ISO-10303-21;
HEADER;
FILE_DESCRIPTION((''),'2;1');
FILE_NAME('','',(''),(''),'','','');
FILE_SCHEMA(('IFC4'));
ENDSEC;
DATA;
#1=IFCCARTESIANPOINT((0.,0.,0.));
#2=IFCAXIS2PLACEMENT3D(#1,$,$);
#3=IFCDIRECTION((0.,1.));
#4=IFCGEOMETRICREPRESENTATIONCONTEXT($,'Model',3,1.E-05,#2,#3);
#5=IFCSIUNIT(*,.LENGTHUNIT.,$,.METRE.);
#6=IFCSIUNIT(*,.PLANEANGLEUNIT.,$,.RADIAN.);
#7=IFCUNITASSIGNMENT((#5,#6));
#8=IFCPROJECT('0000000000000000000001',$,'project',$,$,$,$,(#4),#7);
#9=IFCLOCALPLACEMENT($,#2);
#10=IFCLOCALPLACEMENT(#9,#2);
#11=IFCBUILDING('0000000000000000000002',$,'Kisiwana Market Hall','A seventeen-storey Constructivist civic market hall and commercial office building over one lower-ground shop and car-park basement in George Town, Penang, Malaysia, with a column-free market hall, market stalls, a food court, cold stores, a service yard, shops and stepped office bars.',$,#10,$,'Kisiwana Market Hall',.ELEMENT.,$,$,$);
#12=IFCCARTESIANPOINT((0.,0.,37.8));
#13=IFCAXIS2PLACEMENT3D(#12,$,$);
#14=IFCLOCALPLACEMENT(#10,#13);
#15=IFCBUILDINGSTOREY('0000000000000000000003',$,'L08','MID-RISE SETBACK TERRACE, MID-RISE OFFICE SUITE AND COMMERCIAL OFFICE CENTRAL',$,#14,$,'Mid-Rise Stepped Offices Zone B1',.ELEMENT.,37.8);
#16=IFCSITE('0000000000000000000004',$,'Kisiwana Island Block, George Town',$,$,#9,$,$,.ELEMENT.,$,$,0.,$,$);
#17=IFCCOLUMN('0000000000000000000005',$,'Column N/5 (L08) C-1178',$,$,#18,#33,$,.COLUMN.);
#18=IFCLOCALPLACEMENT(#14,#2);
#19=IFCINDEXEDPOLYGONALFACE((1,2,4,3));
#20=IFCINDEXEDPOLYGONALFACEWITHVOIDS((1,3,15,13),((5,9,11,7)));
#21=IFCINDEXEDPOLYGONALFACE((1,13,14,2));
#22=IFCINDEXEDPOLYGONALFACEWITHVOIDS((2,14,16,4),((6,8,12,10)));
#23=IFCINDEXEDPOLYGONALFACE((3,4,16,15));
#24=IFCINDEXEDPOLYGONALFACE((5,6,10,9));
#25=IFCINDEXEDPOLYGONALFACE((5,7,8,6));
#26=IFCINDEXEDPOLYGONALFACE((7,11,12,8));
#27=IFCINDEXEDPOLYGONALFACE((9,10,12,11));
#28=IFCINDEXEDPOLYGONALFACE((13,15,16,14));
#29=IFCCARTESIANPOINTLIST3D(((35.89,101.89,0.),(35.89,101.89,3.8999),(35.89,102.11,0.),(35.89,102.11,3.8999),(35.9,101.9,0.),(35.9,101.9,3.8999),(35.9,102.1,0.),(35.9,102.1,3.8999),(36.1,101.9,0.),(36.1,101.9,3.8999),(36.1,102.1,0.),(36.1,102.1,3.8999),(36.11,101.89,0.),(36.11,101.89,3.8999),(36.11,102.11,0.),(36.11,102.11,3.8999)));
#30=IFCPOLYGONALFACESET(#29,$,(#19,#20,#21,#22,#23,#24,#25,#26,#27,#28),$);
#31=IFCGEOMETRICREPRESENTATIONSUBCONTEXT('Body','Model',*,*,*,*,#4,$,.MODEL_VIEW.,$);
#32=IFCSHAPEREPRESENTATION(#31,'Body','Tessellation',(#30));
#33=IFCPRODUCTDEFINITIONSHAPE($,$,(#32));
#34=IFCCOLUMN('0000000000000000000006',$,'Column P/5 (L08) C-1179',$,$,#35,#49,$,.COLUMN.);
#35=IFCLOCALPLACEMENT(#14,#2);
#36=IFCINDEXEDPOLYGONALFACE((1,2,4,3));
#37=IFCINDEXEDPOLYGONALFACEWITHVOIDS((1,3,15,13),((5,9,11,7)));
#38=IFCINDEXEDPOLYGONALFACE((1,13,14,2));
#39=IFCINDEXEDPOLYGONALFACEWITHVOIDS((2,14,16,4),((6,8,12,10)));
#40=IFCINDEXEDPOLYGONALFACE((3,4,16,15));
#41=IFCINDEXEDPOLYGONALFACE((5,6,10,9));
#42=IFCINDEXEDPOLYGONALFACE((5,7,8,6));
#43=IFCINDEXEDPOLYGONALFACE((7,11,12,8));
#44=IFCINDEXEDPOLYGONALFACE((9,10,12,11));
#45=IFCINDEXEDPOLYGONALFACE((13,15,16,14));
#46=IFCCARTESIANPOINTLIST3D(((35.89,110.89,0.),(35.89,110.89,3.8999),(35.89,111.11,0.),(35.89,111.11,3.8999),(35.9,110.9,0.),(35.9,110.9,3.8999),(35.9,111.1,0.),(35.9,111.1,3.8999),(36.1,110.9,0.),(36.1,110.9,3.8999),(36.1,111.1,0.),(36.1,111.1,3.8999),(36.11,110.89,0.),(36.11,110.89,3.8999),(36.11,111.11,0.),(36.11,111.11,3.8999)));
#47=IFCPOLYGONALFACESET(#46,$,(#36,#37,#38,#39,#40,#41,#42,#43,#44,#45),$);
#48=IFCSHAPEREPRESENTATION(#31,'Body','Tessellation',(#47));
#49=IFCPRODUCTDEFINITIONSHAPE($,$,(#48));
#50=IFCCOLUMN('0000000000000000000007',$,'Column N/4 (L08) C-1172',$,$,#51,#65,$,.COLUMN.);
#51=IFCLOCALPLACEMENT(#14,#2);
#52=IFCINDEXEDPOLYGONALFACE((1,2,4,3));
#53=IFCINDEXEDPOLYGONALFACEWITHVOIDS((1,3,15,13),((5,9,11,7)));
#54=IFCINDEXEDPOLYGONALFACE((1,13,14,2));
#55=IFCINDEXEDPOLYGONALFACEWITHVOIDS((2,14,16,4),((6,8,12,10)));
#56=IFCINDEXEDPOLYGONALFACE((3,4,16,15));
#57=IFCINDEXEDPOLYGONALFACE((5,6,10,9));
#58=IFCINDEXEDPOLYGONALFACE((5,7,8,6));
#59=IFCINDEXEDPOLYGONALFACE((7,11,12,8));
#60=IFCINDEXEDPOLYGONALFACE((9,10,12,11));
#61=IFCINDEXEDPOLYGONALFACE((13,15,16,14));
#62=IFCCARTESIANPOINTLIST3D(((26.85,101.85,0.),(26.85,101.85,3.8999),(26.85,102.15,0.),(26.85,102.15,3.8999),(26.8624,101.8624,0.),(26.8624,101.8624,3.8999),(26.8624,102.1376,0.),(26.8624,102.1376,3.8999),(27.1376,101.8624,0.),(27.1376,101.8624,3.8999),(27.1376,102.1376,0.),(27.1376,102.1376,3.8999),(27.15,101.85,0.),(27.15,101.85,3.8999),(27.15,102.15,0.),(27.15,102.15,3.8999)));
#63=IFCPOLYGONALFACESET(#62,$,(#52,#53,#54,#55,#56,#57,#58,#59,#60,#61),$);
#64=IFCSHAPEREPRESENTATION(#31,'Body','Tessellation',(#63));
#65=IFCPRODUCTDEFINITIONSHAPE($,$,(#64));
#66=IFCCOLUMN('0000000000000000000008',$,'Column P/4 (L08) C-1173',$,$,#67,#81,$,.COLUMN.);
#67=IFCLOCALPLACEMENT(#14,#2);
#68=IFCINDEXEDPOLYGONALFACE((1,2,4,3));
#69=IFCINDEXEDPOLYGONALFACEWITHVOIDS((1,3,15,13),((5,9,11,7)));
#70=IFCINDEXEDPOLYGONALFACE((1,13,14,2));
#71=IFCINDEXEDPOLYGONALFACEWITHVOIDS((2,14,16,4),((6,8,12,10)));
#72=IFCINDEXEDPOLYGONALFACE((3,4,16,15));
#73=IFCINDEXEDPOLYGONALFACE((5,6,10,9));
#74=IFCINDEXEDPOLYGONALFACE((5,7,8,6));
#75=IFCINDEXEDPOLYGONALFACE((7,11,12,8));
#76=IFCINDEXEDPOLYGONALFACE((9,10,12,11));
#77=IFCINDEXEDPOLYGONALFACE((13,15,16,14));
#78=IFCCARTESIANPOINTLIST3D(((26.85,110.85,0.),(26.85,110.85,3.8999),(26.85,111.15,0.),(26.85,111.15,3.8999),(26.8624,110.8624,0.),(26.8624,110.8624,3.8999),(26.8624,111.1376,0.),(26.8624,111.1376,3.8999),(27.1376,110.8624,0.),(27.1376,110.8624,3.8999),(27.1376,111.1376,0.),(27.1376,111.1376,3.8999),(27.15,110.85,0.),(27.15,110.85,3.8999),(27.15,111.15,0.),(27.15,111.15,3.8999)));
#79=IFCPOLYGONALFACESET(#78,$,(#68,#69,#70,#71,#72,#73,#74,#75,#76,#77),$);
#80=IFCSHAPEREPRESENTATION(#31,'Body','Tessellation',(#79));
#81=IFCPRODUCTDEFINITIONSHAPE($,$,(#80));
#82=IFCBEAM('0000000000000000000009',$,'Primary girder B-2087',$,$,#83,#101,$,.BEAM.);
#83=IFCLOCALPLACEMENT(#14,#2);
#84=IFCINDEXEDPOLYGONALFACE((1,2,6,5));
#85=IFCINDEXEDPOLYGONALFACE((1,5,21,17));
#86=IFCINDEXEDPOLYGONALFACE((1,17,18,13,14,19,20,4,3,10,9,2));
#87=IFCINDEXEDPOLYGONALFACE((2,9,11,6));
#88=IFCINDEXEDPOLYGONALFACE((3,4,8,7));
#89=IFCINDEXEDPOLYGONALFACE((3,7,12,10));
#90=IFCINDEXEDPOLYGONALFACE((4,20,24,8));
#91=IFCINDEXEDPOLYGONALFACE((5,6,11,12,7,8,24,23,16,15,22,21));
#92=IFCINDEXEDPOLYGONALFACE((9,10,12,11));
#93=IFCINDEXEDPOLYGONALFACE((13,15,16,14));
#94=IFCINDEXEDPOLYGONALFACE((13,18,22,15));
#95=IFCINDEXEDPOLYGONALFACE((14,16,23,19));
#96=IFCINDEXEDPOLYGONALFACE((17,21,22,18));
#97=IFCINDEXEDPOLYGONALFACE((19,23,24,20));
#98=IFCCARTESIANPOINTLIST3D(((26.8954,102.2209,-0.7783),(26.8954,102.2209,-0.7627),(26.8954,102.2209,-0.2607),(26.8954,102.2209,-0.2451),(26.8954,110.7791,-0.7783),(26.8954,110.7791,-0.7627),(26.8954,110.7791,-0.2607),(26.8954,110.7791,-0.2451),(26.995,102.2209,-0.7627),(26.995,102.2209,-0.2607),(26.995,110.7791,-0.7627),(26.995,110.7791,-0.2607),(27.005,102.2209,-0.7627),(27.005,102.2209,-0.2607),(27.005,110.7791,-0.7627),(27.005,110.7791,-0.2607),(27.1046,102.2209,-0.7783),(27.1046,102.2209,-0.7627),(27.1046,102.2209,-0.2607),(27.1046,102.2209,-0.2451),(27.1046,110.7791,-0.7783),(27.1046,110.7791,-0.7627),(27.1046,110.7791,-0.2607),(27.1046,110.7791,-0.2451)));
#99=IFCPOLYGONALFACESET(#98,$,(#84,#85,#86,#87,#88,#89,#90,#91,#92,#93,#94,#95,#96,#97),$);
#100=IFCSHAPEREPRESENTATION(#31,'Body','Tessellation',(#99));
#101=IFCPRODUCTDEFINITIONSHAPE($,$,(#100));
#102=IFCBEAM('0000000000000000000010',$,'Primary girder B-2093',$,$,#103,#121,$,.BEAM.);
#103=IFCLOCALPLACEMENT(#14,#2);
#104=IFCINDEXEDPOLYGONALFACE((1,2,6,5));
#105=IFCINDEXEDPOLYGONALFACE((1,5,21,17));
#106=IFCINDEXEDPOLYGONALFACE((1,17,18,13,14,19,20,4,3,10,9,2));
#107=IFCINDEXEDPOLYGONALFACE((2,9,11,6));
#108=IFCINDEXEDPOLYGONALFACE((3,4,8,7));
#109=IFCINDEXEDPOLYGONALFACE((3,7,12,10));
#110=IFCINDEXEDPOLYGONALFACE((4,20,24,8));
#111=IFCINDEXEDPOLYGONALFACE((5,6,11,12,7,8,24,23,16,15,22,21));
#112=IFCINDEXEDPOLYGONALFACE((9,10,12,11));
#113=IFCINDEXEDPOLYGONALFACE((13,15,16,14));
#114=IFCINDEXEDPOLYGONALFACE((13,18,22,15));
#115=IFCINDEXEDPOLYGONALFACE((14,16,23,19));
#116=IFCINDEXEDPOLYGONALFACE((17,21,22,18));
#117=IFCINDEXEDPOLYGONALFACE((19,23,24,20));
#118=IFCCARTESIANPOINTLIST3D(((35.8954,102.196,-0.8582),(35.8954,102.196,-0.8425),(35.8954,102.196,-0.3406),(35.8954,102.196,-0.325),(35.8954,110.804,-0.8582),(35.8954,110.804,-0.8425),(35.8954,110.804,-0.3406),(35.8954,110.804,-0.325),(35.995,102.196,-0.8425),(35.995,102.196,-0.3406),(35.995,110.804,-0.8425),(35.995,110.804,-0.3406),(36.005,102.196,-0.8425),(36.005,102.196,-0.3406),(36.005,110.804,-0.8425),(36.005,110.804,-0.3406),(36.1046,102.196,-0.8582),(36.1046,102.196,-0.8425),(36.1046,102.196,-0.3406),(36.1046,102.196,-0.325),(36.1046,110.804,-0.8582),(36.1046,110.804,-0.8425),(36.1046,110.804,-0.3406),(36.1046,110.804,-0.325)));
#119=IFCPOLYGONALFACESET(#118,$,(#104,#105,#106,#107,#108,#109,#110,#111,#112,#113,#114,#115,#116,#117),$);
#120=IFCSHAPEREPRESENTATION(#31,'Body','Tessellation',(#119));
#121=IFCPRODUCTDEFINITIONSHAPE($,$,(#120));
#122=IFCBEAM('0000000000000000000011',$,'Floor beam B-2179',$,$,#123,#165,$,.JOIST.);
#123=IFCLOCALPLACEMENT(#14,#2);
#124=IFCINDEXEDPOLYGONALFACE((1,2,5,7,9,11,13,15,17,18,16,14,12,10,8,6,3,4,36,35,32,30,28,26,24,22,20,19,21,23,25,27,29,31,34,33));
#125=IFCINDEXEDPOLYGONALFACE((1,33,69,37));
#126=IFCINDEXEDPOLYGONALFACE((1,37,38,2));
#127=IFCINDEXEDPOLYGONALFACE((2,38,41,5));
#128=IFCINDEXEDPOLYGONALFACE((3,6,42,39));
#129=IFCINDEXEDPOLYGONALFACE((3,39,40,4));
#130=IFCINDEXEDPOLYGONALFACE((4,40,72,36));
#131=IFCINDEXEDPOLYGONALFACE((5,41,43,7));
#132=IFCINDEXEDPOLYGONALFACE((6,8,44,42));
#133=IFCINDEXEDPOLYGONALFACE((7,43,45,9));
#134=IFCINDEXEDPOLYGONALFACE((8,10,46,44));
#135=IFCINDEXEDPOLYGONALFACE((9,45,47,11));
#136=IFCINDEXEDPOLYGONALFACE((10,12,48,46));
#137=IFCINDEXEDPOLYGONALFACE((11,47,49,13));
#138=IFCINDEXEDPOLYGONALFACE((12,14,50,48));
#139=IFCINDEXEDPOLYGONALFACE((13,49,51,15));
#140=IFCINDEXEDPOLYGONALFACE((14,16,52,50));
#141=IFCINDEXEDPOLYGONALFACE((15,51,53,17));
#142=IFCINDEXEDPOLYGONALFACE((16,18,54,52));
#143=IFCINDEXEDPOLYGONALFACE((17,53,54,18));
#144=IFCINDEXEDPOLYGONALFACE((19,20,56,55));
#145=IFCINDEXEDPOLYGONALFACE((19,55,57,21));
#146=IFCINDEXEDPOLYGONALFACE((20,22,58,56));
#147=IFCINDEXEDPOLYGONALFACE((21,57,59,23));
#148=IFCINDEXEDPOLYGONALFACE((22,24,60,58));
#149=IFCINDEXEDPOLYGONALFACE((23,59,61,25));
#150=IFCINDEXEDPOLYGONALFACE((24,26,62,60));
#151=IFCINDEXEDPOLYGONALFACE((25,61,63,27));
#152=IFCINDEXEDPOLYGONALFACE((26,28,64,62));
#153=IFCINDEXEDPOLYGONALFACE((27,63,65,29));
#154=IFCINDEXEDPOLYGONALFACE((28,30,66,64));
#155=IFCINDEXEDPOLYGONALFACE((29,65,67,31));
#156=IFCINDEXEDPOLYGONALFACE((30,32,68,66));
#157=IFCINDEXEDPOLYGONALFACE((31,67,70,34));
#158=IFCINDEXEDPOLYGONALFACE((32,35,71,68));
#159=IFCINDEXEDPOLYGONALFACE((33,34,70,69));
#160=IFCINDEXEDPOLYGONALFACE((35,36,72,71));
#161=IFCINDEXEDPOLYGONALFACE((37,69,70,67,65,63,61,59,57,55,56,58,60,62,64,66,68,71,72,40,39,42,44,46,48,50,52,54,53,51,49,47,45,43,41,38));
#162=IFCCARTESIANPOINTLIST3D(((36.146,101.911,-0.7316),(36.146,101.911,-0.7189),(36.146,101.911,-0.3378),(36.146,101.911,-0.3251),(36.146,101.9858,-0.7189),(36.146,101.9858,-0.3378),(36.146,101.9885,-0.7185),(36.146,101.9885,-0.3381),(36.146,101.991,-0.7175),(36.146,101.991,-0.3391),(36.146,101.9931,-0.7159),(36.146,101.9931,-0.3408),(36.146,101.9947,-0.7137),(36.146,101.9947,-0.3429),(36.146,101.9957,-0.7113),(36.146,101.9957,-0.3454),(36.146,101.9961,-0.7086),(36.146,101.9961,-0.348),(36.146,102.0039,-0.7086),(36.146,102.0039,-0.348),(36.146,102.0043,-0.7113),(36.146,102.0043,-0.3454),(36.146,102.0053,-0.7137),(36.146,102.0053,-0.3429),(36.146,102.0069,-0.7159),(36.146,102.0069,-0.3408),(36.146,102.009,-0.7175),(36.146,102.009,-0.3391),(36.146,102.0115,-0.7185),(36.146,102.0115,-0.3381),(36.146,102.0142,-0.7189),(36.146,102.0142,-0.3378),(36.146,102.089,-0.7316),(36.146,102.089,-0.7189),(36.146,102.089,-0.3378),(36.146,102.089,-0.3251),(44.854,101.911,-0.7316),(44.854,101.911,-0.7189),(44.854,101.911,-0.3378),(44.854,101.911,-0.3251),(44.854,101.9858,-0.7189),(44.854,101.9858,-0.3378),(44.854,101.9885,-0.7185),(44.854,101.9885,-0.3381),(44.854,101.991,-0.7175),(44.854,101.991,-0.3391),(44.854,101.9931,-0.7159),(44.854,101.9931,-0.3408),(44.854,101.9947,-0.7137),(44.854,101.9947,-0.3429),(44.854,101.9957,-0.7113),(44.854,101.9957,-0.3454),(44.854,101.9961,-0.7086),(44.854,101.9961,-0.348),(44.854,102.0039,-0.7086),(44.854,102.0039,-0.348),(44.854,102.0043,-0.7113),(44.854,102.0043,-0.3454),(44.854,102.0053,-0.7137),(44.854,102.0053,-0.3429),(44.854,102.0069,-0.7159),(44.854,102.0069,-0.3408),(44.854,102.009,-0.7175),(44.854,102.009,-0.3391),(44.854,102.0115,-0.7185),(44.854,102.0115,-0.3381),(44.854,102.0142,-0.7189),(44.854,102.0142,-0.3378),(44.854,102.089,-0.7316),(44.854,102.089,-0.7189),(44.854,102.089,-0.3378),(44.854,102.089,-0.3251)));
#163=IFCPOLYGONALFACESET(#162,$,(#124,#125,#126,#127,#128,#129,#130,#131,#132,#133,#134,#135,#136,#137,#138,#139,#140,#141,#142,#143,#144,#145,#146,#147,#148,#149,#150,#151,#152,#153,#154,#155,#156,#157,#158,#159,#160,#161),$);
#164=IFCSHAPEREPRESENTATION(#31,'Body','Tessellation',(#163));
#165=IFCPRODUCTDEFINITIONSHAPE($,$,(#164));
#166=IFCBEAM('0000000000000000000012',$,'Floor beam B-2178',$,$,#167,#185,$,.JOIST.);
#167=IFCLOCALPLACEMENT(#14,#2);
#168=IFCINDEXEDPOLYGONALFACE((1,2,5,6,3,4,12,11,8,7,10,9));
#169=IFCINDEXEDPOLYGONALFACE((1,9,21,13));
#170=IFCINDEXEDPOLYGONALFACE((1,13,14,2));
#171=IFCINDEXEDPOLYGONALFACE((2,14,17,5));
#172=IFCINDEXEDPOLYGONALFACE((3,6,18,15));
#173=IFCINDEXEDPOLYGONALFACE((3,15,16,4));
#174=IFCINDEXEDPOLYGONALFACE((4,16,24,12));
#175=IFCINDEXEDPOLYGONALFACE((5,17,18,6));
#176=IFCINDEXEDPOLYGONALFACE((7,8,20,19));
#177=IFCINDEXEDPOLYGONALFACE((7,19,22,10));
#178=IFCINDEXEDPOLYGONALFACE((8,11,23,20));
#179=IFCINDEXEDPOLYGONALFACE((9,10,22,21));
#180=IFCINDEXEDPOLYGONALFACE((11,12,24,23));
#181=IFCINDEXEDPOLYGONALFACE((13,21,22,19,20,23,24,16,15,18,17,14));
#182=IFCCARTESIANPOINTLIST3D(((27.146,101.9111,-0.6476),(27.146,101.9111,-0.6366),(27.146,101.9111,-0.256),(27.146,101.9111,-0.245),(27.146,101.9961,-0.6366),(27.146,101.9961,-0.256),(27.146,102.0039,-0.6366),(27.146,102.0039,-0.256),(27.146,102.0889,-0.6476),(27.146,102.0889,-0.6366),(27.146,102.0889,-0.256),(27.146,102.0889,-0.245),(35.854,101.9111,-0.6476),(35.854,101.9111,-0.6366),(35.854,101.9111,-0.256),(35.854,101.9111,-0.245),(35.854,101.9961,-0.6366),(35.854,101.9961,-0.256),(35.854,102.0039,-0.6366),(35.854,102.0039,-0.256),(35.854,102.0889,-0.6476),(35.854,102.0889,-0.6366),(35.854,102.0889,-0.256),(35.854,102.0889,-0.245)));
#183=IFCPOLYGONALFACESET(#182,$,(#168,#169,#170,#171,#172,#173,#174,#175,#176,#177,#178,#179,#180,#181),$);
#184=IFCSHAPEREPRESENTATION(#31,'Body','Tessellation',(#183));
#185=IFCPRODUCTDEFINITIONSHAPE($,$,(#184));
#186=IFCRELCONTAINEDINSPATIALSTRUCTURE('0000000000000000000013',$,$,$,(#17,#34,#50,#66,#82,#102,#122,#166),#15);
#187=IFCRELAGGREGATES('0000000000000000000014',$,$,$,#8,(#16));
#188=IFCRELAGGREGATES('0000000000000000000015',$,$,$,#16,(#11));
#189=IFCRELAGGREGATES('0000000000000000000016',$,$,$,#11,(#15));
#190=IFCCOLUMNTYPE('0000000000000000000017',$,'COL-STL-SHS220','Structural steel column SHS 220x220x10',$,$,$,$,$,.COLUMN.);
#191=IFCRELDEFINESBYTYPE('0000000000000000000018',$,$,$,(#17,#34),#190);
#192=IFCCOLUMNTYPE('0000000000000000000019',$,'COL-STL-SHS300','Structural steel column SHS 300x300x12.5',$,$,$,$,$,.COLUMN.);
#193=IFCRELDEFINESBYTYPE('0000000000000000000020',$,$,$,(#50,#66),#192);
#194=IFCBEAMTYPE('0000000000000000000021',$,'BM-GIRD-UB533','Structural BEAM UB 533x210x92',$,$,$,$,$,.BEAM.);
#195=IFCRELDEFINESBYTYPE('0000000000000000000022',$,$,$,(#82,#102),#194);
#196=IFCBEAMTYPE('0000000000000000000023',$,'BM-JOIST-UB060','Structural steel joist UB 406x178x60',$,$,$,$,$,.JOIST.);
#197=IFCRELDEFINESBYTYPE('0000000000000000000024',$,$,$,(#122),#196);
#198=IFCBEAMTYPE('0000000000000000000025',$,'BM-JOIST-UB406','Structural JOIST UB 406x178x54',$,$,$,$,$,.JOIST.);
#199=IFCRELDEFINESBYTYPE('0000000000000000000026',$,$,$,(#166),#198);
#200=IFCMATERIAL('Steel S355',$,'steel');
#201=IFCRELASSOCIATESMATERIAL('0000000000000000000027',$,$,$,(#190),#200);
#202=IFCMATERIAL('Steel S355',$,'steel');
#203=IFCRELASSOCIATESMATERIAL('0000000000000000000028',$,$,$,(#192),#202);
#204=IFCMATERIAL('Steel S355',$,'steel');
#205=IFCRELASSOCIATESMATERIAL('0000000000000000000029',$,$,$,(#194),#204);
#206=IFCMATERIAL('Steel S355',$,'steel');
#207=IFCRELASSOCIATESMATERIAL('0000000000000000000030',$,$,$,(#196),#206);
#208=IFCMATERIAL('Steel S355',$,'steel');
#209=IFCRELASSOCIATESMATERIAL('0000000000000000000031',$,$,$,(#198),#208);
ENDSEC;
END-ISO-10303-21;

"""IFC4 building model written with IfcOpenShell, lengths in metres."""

from ifc_helpers import new_model, si_unit, direction, frame, origin, origin_2d, place, context, subcontext, project, spatial, hollow_rectangle, i_section, extrude, material, material_profile, profile_set, type_object, element, save


model = new_model("IFC4")

# Units and contexts
model_context = context("Model", 3, precision=1e-05, world=origin(), true_north=direction((0.0, 1.0)))
body_context = subcontext(model_context, "Body", "Model", "MODEL_VIEW")
ifc_project = project(units=[si_unit("LENGTHUNIT", "METRE"), si_unit("PLANEANGLEUNIT", "RADIAN")], contexts=[model_context])

# Site, building, storey
site_placement = place(None, origin())
site = spatial("IfcSite", under=ifc_project, at=site_placement, Name="Kisiwana Island Block, George Town", CompositionType="ELEMENT", RefElevation=0.0)
building_placement = place(site_placement, origin())
building = spatial("IfcBuilding", under=site, at=building_placement, Name="Kisiwana Market Hall", Description="A seventeen-storey Constructivist civic market hall and commercial office building over one lower-ground shop and car-park basement in George Town, Penang, Malaysia, with a column-free market hall, market stalls, a food court, cold stores, a service yard, shops and stepped office bars.", LongName="Kisiwana Market Hall", CompositionType="ELEMENT")
storey_placement = place(building_placement, frame((0.0, 0.0, 37.8)))
storey = spatial("IfcBuildingStorey", under=building, at=storey_placement, Name="L08", Description="MID-RISE SETBACK TERRACE, MID-RISE OFFICE SUITE AND COMMERCIAL OFFICE CENTRAL", LongName="Mid-Rise Stepped Offices Zone B1", CompositionType="ELEMENT", Elevation=37.8)

# Columns
ifc_material_1 = material(Name="Steel S355", Category="steel")
ifc_material_profile_1 = material_profile(ifc_material_1, hollow_rectangle(XDim=0.22, YDim=0.22, WallThickness=0.01, at=origin_2d()), Name="SHS 220x220x10")
ifc_profile_set_1 = profile_set([ifc_material_profile_1], Name="Steel S355")
column_type_1 = type_object("IfcColumnType", Name="COL-STL-SHS220", Description="Structural steel column SHS 220x220x10", PredefinedType="COLUMN", material=ifc_profile_set_1)
for number, where, z_axis, x_axis, name in (
    (1, (36.0, 102.0, 0.0), (0.0, 0.0, 1.0), (1.0, 0.0, 0.0), "Column N/5 (L08) C-1178"),
    (2, (36.0, 111.0, 0.0), (0.0, 0.0, 1.0), (1.0, 0.0, 0.0), "Column P/5 (L08) C-1179"),
):
    element("IfcColumn", number, at=place(storey_placement, frame(where, z_axis=z_axis, x_axis=x_axis)), inside=storey, type_object=column_type_1, Name=name, PredefinedType="COLUMN", context=body_context, shape_type="SweptSolid", body=[
        extrude(hollow_rectangle(XDim=0.22, YDim=0.22, WallThickness=0.01, at=origin_2d()), origin(), (0.0, 0.0, 1.0), 3.8999),
    ])
ifc_material_2 = material(Name="Steel S355", Category="steel")
ifc_material_profile_2 = material_profile(ifc_material_2, hollow_rectangle(XDim=0.3, YDim=0.3, WallThickness=0.0125, at=origin_2d()), Name="SHS 300x300x12.5")
ifc_profile_set_2 = profile_set([ifc_material_profile_2], Name="Steel S355")
column_type_2 = type_object("IfcColumnType", Name="COL-STL-SHS300", Description="Structural steel column SHS 300x300x12.5", PredefinedType="COLUMN", material=ifc_profile_set_2)
for number, where, z_axis, x_axis, name in (
    (3, (27.0, 102.0, 0.0), (0.0, 0.0, 1.0), (1.0, 0.0, 0.0), "Column N/4 (L08) C-1172"),
    (4, (27.0, 111.0, 0.0), (0.0, 0.0, 1.0), (1.0, 0.0, 0.0), "Column P/4 (L08) C-1173"),
):
    element("IfcColumn", number, at=place(storey_placement, frame(where, z_axis=z_axis, x_axis=x_axis)), inside=storey, type_object=column_type_2, Name=name, PredefinedType="COLUMN", context=body_context, shape_type="SweptSolid", body=[
        extrude(hollow_rectangle(XDim=0.3, YDim=0.3, WallThickness=0.0125, at=origin_2d()), origin(), (0.0, 0.0, 1.0), 3.8999),
    ])

# Beams
ifc_material_3 = material(Name="Steel S355", Category="steel")
ifc_material_profile_3 = material_profile(ifc_material_3, i_section(OverallWidth=0.2092, OverallDepth=0.5332, WebThickness=0.01, FlangeThickness=0.0156, at=origin_2d()), Name="UB 533x210x92")
ifc_profile_set_3 = profile_set([ifc_material_profile_3], Name="Steel S355")
beam_type_1 = type_object("IfcBeamType", Name="BM-GIRD-UB533", Description="Structural BEAM UB 533x210x92", PredefinedType="BEAM", material=ifc_profile_set_3)
beam_1_placement = place(storey_placement, frame((27.0, 102.2209, -0.5117), z_axis=(0.0, 1.0, 0.0), x_axis=(-1.0, 0.0, 0.0)))
element("IfcBeam", 5, at=beam_1_placement, inside=storey, type_object=beam_type_1, Name="Primary girder B-2087", PredefinedType="BEAM", context=body_context, shape_type="SweptSolid", body=[
    extrude(i_section(OverallWidth=0.2092, OverallDepth=0.5332, WebThickness=0.01, FlangeThickness=0.0156, at=origin_2d()), origin(), (0.0, 0.0, 1.0), 8.5581),
])
beam_2_placement = place(storey_placement, frame((36.0, 102.196, -0.5916), z_axis=(0.0, 1.0, 0.0), x_axis=(-1.0, 0.0, 0.0)))
element("IfcBeam", 6, at=beam_2_placement, inside=storey, type_object=beam_type_1, Name="Primary girder B-2093", PredefinedType="BEAM", context=body_context, shape_type="SweptSolid", body=[
    extrude(i_section(OverallWidth=0.2092, OverallDepth=0.5332, WebThickness=0.01, FlangeThickness=0.0156, at=origin_2d()), origin(), (0.0, 0.0, 1.0), 8.6079),
])
ifc_material_4 = material(Name="Steel S355", Category="steel")
ifc_material_profile_4 = material_profile(ifc_material_4, i_section(OverallWidth=0.178, OverallDepth=0.4065, WebThickness=0.0078, FlangeThickness=0.0127, FilletRadius=0.0103, at=origin_2d()), Name="UB 406x178x60")
ifc_profile_set_4 = profile_set([ifc_material_profile_4], Name="Steel S355")
beam_type_2 = type_object("IfcBeamType", Name="BM-JOIST-UB060", Description="Structural steel joist UB 406x178x60", PredefinedType="JOIST", material=ifc_profile_set_4)
beam_3_placement = place(storey_placement, frame((36.146, 102.0, -0.5283), z_axis=(1.0, 0.0, 0.0), x_axis=(0.0, 1.0, 0.0)))
element("IfcBeam", 7, at=beam_3_placement, inside=storey, type_object=beam_type_2, Name="Floor beam B-2179", PredefinedType="JOIST", context=body_context, shape_type="SweptSolid", body=[
    extrude(i_section(OverallWidth=0.178, OverallDepth=0.4065, WebThickness=0.0078, FlangeThickness=0.0127, FilletRadius=0.0103, at=origin_2d()), origin(), (0.0, 0.0, 1.0), 8.708),
])
ifc_material_5 = material(Name="Steel S355", Category="steel")
ifc_material_profile_5 = material_profile(ifc_material_5, i_section(OverallWidth=0.1777, OverallDepth=0.4026, WebThickness=0.0078, FlangeThickness=0.011, at=origin_2d()), Name="UB 406x178x54")
ifc_profile_set_5 = profile_set([ifc_material_profile_5], Name="Steel S355")
beam_type_3 = type_object("IfcBeamType", Name="BM-JOIST-UB406", Description="Structural JOIST UB 406x178x54", PredefinedType="JOIST", material=ifc_profile_set_5)
beam_4_placement = place(storey_placement, frame((27.146, 102.0, -0.4463), z_axis=(1.0, 0.0, 0.0), x_axis=(0.0, 1.0, 0.0)))
element("IfcBeam", 8, at=beam_4_placement, inside=storey, type_object=beam_type_3, Name="Floor beam B-2178", PredefinedType="JOIST", context=body_context, shape_type="SweptSolid", body=[
    extrude(i_section(OverallWidth=0.1777, OverallDepth=0.4026, WebThickness=0.0078, FlangeThickness=0.011, at=origin_2d()), origin(), (0.0, 0.0, 1.0), 8.708),
])

save(model, "model.ifc")
